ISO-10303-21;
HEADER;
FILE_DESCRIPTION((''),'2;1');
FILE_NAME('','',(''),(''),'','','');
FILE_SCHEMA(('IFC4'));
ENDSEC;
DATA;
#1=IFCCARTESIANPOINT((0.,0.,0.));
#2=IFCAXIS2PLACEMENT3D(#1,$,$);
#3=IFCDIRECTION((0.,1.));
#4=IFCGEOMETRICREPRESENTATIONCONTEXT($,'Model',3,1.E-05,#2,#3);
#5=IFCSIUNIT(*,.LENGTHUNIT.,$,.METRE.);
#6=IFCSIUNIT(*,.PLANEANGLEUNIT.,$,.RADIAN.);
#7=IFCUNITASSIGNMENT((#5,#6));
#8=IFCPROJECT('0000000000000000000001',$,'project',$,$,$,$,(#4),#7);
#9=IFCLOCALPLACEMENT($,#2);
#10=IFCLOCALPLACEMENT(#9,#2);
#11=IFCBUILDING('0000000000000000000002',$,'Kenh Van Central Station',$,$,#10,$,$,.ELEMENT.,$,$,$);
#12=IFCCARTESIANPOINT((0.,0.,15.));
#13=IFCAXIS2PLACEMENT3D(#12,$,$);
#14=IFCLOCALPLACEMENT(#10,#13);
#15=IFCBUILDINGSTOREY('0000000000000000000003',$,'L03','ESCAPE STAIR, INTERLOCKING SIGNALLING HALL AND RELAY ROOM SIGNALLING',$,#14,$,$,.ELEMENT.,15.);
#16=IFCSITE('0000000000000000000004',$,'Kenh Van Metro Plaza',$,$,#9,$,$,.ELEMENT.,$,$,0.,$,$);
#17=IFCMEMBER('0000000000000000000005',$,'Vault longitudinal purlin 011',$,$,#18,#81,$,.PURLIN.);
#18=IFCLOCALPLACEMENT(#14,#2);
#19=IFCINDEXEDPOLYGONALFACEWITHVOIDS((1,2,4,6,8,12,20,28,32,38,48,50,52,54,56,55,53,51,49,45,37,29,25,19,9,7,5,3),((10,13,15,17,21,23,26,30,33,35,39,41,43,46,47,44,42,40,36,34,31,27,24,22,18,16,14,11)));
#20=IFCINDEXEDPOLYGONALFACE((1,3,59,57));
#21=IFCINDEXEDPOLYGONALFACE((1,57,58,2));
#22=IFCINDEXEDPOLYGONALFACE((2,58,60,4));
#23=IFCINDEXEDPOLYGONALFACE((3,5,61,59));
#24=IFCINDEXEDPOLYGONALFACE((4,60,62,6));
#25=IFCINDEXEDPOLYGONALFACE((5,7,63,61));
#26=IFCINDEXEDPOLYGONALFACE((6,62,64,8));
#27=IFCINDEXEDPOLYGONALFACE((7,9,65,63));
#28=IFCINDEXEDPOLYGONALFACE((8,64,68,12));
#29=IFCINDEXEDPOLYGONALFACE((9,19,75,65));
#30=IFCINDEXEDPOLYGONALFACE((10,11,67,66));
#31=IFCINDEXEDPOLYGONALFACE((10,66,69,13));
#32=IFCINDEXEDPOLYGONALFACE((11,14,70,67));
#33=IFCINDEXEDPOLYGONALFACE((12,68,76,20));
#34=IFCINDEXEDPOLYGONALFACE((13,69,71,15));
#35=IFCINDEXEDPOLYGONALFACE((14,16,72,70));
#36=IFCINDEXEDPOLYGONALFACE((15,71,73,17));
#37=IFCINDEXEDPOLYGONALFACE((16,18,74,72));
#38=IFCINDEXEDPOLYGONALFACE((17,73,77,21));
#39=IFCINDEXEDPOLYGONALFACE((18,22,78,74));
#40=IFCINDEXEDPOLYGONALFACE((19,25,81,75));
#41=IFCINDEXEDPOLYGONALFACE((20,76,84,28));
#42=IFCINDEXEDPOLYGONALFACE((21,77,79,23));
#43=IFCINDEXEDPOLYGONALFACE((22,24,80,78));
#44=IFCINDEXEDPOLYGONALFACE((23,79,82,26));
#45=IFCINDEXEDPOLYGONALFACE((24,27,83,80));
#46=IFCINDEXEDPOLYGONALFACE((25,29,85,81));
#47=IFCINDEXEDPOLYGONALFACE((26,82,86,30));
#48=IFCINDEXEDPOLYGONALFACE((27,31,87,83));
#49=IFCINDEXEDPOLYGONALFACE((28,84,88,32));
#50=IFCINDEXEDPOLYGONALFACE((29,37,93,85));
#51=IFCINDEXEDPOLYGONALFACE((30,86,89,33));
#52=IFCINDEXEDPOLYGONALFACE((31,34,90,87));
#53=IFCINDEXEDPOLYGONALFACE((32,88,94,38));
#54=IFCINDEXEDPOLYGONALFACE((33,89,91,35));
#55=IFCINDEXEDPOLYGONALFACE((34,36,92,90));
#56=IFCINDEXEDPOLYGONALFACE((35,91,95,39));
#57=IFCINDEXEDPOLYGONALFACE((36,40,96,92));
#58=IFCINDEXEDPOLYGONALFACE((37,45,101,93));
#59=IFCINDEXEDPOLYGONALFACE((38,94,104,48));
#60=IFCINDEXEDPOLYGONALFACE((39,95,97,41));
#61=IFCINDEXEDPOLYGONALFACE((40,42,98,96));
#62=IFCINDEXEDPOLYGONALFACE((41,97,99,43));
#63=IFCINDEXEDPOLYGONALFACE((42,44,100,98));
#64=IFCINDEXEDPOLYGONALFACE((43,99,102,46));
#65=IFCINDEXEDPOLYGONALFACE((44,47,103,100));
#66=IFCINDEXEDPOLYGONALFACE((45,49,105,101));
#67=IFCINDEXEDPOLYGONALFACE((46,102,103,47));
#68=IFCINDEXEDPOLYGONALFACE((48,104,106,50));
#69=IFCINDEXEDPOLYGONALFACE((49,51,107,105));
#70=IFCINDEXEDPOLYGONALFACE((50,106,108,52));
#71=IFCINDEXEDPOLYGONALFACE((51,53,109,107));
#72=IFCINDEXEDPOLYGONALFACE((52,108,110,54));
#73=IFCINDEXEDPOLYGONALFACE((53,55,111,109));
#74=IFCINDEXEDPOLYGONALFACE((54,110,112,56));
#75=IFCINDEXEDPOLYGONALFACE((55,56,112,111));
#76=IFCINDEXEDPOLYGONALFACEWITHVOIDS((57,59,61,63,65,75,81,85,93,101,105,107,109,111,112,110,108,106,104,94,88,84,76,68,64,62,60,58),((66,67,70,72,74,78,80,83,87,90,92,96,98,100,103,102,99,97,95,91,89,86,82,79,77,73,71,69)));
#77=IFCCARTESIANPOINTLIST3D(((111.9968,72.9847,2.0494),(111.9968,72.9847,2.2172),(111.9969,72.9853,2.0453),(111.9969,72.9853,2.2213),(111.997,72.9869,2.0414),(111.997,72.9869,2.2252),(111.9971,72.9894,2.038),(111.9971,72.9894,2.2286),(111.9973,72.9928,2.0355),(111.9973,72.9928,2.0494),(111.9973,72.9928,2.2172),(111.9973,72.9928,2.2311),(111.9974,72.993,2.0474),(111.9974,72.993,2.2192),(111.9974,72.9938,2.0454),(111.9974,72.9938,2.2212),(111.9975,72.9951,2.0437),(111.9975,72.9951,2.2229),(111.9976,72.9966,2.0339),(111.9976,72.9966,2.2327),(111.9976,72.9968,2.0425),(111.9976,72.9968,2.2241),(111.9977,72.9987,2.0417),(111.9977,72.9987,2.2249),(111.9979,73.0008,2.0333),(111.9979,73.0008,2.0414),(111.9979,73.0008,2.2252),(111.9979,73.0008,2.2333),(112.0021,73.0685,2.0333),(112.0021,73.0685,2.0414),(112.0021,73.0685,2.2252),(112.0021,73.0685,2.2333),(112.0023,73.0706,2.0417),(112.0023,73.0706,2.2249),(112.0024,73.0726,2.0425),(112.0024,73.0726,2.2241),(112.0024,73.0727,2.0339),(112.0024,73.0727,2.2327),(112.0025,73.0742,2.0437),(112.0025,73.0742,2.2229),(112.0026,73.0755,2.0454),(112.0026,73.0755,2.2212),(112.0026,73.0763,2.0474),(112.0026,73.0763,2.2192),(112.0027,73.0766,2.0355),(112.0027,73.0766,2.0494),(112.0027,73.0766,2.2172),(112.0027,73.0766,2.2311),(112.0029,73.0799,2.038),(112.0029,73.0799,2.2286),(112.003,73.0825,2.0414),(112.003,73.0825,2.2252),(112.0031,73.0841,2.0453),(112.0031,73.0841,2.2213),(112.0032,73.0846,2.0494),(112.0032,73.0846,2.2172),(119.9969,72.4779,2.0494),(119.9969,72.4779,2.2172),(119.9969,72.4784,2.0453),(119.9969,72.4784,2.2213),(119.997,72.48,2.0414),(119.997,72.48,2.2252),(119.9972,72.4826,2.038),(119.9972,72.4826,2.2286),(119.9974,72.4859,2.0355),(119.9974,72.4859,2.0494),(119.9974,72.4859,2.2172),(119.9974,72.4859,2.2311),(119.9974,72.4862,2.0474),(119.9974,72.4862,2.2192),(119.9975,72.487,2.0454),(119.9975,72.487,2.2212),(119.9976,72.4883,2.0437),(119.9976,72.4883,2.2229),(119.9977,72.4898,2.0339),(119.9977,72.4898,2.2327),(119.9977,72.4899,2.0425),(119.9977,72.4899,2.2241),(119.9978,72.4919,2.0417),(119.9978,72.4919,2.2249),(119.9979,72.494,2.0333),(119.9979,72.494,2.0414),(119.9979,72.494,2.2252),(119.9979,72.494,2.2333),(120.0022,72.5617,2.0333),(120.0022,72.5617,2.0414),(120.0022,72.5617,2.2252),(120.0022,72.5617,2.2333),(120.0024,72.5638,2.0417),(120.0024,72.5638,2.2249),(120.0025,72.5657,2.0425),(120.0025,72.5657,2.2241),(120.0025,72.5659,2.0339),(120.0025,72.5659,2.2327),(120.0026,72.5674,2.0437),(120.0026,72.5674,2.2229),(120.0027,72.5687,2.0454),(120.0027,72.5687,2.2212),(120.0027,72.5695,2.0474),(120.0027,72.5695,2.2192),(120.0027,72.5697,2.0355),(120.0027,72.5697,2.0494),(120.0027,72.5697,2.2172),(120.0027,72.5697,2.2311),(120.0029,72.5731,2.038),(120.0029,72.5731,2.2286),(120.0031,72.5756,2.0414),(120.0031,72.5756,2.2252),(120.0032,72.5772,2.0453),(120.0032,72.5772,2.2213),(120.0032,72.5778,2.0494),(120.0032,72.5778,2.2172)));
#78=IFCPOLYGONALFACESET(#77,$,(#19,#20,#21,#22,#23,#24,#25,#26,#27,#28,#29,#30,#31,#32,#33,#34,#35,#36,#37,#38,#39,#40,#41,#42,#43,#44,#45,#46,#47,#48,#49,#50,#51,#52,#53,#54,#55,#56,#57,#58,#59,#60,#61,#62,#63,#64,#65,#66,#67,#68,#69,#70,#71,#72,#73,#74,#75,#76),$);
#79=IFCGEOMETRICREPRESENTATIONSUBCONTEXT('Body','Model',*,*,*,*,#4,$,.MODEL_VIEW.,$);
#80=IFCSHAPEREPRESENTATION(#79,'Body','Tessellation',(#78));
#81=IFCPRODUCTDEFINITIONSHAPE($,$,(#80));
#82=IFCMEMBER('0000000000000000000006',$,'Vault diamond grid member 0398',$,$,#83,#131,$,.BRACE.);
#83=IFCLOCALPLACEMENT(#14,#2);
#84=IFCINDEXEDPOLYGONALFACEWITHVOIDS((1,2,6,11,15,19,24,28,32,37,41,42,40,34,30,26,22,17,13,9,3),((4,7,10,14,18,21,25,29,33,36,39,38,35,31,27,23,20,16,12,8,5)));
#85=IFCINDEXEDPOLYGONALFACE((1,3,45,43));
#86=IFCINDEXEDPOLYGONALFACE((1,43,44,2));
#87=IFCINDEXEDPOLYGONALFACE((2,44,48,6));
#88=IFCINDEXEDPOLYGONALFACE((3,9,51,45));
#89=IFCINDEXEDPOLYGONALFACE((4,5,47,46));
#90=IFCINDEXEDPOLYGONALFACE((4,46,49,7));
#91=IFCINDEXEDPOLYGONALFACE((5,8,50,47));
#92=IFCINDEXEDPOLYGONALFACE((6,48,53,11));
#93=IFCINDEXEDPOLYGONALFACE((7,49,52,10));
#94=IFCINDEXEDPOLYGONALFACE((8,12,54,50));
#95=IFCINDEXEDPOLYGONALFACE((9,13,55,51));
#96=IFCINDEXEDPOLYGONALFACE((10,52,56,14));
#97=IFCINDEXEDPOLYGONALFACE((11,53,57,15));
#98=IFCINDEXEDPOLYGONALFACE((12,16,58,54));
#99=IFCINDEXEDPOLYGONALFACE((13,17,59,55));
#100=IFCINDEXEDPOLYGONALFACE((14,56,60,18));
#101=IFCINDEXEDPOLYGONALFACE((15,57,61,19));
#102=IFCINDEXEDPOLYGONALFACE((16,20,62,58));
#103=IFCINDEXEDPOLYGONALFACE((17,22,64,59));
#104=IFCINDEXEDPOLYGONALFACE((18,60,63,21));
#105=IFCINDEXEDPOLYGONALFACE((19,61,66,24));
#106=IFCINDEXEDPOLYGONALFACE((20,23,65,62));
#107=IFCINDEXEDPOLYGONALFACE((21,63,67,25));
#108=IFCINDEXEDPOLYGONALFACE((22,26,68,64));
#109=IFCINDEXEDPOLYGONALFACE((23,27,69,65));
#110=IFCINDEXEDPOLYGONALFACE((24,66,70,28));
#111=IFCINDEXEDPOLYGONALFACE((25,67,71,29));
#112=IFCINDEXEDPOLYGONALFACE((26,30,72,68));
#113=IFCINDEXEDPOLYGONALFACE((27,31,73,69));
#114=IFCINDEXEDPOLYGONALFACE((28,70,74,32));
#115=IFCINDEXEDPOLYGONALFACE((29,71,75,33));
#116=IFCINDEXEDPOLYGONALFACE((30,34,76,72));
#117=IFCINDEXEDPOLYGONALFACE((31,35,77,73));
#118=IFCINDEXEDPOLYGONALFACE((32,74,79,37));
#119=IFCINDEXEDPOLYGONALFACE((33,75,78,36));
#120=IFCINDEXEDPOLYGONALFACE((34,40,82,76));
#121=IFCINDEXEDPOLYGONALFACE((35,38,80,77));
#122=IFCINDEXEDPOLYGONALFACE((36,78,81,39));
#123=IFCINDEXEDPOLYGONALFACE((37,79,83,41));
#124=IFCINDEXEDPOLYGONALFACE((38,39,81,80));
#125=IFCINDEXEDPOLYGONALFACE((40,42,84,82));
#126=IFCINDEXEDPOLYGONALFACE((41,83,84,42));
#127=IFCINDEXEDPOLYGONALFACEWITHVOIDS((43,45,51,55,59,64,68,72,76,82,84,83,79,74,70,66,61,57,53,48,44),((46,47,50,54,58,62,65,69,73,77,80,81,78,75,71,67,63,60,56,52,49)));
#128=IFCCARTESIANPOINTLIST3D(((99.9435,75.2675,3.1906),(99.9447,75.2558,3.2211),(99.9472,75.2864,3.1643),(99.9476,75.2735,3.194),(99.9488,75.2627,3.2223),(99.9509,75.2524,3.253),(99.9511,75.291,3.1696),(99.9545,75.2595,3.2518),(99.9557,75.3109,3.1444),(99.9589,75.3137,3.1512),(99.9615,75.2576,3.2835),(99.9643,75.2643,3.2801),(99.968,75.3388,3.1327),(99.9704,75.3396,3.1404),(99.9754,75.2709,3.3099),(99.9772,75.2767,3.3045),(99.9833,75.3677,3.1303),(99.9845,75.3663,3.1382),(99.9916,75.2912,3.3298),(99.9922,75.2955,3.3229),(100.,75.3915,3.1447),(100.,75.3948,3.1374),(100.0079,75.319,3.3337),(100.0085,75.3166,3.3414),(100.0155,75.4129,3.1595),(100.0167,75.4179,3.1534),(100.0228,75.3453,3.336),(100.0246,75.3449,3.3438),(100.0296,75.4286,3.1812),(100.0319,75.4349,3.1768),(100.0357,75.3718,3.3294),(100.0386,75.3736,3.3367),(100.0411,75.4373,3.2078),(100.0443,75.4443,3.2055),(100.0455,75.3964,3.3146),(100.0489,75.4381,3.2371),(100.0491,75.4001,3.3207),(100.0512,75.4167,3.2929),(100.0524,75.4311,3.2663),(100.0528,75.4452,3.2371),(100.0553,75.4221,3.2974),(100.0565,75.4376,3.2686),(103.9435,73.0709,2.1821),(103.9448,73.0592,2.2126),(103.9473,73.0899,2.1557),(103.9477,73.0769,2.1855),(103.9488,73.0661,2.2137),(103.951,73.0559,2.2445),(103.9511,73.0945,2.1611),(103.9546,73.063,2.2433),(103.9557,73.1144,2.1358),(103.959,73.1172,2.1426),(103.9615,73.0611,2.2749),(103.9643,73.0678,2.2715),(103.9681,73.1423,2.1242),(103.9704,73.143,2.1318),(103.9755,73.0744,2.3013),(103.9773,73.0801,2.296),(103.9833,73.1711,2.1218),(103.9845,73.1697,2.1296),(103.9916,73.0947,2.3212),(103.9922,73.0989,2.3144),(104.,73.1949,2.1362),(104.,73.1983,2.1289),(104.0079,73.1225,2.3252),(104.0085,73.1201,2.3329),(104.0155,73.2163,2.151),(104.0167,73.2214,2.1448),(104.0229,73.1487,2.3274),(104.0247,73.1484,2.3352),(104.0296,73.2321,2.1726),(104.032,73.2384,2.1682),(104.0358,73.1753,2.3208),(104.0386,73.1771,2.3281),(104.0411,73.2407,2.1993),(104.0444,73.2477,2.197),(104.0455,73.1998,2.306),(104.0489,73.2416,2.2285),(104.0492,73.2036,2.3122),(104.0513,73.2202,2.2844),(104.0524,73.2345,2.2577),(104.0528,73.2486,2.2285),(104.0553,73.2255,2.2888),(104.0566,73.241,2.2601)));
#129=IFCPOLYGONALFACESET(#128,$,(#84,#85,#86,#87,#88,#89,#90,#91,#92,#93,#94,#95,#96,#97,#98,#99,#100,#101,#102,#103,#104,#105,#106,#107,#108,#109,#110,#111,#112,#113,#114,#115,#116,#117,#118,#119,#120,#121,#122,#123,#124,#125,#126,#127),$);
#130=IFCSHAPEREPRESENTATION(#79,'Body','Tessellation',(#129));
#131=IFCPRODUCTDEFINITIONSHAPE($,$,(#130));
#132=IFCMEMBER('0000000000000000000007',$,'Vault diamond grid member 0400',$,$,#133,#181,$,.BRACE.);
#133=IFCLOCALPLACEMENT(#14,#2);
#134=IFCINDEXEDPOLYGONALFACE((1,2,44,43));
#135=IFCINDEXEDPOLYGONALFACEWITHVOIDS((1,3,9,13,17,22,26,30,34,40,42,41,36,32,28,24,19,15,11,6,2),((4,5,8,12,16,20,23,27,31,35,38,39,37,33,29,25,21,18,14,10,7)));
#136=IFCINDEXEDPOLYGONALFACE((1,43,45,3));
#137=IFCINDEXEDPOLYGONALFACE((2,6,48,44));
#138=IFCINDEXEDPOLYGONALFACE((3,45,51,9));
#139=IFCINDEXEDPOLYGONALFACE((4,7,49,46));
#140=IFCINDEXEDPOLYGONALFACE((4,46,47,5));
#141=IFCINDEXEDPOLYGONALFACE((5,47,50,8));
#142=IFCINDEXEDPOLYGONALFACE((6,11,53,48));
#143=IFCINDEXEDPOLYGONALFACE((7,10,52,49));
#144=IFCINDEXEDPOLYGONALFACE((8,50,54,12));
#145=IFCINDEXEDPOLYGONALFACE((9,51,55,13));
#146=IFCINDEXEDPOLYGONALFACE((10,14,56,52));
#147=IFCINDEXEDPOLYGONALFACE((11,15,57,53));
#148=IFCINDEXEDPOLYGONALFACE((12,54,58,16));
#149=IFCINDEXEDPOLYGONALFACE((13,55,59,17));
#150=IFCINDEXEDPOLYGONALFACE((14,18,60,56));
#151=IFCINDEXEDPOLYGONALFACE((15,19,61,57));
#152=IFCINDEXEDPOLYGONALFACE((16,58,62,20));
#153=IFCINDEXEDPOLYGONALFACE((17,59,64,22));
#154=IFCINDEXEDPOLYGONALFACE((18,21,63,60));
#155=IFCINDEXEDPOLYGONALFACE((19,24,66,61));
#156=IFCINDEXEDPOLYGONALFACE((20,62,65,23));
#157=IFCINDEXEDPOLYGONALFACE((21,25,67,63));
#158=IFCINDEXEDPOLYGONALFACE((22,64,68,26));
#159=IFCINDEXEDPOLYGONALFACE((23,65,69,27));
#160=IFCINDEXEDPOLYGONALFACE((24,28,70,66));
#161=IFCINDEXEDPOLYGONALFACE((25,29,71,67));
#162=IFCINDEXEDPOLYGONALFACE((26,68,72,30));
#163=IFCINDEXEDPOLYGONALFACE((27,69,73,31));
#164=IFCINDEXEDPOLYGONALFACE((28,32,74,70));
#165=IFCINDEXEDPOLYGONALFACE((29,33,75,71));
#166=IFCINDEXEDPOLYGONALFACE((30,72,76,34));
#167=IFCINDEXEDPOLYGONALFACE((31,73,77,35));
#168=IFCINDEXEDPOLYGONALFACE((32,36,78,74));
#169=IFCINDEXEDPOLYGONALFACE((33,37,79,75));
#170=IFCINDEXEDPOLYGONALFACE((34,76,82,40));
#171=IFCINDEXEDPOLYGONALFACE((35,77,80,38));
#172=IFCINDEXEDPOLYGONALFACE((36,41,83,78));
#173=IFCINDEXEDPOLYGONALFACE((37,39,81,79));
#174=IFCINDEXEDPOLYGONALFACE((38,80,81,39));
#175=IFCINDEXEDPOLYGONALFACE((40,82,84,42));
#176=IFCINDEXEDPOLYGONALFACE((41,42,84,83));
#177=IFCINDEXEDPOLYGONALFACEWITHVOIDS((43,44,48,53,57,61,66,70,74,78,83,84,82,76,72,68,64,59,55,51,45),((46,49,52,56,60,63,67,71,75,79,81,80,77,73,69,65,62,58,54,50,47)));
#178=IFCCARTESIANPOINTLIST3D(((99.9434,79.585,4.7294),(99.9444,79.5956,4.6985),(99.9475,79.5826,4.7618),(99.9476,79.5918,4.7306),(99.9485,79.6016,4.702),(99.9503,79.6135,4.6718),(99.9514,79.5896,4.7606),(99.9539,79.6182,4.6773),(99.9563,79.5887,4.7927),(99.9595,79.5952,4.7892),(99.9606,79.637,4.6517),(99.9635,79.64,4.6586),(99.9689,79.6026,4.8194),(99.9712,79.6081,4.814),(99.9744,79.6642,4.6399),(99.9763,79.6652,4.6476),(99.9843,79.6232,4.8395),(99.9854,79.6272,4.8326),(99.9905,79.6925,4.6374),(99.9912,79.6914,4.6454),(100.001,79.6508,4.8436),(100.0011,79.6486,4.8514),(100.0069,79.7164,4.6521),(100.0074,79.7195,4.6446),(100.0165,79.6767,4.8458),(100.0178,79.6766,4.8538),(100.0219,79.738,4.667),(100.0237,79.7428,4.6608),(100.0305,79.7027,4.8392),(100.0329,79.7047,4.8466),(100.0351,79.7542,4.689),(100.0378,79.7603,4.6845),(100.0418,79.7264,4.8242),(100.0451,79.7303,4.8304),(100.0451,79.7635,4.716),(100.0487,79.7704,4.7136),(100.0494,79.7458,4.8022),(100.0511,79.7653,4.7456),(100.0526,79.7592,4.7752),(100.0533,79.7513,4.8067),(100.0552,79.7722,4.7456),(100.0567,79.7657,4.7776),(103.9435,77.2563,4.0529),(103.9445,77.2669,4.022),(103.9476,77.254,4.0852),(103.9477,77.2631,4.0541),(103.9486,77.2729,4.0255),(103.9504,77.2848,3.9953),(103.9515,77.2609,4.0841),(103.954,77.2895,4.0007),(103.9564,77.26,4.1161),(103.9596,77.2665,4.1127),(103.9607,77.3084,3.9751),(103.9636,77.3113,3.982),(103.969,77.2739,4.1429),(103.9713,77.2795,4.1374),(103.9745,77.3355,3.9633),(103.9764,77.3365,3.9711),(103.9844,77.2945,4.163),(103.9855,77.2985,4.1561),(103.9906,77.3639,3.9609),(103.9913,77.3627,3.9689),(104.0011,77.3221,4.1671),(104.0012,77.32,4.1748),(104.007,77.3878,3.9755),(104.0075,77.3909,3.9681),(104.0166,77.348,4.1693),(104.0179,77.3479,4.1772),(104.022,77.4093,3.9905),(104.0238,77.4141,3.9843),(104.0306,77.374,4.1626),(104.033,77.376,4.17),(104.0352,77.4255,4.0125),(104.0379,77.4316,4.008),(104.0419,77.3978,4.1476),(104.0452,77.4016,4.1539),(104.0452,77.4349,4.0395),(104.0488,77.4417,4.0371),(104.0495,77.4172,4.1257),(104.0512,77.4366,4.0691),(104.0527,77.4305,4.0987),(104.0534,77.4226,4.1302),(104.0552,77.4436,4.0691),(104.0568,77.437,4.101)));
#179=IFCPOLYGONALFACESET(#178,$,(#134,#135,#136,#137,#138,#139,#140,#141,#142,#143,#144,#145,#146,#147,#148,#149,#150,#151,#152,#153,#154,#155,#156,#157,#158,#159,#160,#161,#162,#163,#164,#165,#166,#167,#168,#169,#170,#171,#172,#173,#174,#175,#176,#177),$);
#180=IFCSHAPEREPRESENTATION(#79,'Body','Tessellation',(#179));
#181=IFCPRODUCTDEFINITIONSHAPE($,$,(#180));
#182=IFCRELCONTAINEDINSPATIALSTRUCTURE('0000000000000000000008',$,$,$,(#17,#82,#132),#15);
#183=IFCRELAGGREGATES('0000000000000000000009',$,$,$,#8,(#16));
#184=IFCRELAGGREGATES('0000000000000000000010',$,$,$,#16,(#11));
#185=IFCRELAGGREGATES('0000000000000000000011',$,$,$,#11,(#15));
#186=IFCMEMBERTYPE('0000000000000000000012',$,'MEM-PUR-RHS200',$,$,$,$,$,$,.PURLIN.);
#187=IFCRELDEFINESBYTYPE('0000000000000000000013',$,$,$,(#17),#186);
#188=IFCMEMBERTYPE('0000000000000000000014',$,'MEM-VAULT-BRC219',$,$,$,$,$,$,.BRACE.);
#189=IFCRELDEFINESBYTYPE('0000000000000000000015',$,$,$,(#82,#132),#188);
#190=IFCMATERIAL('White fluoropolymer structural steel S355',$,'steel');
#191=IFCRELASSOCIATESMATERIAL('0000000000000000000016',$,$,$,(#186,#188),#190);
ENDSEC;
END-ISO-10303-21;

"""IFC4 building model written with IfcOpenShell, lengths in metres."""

from ifc_helpers import new_model, si_unit, direction, frame, origin, origin_2d, place, context, subcontext, project, spatial, hollow_rectangle, hollow_circle, extrude, material, material_profile, profile_set, type_object, element, save


model = new_model("IFC4")

# Units and contexts
model_context = context("Model", 3, precision=1e-05, world=origin(), true_north=direction((0.0, 1.0)))
body_context = subcontext(model_context, "Body", "Model", "MODEL_VIEW")
ifc_project = project(units=[si_unit("LENGTHUNIT", "METRE"), si_unit("PLANEANGLEUNIT", "RADIAN")], contexts=[model_context])

# Site, building, storey
site_placement = place(None, origin())
site = spatial("IfcSite", under=ifc_project, at=site_placement, Name="Kenh Van Metro Plaza", CompositionType="ELEMENT", RefElevation=0.0)
building_placement = place(site_placement, origin())
building = spatial("IfcBuilding", under=site, at=building_placement, Name="Kenh Van Central Station", CompositionType="ELEMENT")
storey_placement = place(building_placement, frame((0.0, 0.0, 15.0)))
storey = spatial("IfcBuildingStorey", under=building, at=storey_placement, Name="L03", Description="ESCAPE STAIR, INTERLOCKING SIGNALLING HALL AND RELAY ROOM SIGNALLING", CompositionType="ELEMENT", Elevation=15.0)

# Shared definitions
ifc_material_1 = material(Name="White fluoropolymer structural steel S355", Category="steel")

# Members
ifc_material_profile_1 = material_profile(ifc_material_1, hollow_rectangle(XDim=0.1001, YDim=0.2, WallThickness=0.0081, InnerFilletRadius=0.0081, OuterFilletRadius=0.0161, at=origin_2d()), Name="RHS 200x100x8")
ifc_profile_set_1 = profile_set([ifc_material_profile_1], Name="White fluoropolymer structural steel S355")
member_type_1 = type_object("IfcMemberType", Name="MEM-PUR-RHS200", PredefinedType="PURLIN", material=ifc_profile_set_1)
member_1_placement = place(storey_placement, frame((112.0, 73.0347, 2.1333), z_axis=(0.997999, -0.063228, 0.0), x_axis=(0.063228, 0.997999, 0.0)))
element("IfcMember", 1, at=member_1_placement, inside=storey, type_object=member_type_1, Name="Vault longitudinal purlin 011", PredefinedType="PURLIN", context=body_context, shape_type="SweptSolid", body=[
    extrude(hollow_rectangle(XDim=0.1001, YDim=0.2, WallThickness=0.0081, InnerFilletRadius=0.0081, OuterFilletRadius=0.0161, at=origin_2d()), origin(), (0.0, 0.0, 1.0), 8.0161),
])
ifc_material_profile_2 = material_profile(ifc_material_1, hollow_circle(Radius=0.1096, WallThickness=0.0081, at=origin_2d()), Name="CHS 219.1x8")
ifc_profile_set_2 = profile_set([ifc_material_profile_2], Name="White fluoropolymer structural steel S355")
member_type_2 = type_object("IfcMemberType", Name="MEM-VAULT-BRC219", PredefinedType="BRACE", material=ifc_profile_set_2)
member_2_placement = place(storey_placement, frame((100.0, 75.3491, 3.2371), z_axis=(0.855883, -0.469994, -0.215799), x_axis=(0.481335, 0.876537, 0.0)))
element("IfcMember", 2, at=member_2_placement, inside=storey, type_object=member_type_2, Name="Vault diamond grid member 0398", PredefinedType="BRACE", context=body_context, shape_type="SweptSolid", body=[
    extrude(hollow_circle(Radius=0.1096, WallThickness=0.0081, at=origin_2d()), origin(), (0.0, 0.0, 1.0), 4.6736),
])
member_3_placement = place(storey_placement, frame((100.0, 79.6775, 4.7456), z_axis=(0.855136, -0.49782, -0.144628), x_axis=(0.50311, 0.864222, 0.0)))
element("IfcMember", 3, at=member_3_placement, inside=storey, type_object=member_type_2, Name="Vault diamond grid member 0400", PredefinedType="BRACE", context=body_context, shape_type="SweptSolid", body=[
    extrude(hollow_circle(Radius=0.1096, WallThickness=0.0081, at=origin_2d()), origin(), (0.0, 0.0, 1.0), 4.6777),
])

save(model, "model.ifc")
